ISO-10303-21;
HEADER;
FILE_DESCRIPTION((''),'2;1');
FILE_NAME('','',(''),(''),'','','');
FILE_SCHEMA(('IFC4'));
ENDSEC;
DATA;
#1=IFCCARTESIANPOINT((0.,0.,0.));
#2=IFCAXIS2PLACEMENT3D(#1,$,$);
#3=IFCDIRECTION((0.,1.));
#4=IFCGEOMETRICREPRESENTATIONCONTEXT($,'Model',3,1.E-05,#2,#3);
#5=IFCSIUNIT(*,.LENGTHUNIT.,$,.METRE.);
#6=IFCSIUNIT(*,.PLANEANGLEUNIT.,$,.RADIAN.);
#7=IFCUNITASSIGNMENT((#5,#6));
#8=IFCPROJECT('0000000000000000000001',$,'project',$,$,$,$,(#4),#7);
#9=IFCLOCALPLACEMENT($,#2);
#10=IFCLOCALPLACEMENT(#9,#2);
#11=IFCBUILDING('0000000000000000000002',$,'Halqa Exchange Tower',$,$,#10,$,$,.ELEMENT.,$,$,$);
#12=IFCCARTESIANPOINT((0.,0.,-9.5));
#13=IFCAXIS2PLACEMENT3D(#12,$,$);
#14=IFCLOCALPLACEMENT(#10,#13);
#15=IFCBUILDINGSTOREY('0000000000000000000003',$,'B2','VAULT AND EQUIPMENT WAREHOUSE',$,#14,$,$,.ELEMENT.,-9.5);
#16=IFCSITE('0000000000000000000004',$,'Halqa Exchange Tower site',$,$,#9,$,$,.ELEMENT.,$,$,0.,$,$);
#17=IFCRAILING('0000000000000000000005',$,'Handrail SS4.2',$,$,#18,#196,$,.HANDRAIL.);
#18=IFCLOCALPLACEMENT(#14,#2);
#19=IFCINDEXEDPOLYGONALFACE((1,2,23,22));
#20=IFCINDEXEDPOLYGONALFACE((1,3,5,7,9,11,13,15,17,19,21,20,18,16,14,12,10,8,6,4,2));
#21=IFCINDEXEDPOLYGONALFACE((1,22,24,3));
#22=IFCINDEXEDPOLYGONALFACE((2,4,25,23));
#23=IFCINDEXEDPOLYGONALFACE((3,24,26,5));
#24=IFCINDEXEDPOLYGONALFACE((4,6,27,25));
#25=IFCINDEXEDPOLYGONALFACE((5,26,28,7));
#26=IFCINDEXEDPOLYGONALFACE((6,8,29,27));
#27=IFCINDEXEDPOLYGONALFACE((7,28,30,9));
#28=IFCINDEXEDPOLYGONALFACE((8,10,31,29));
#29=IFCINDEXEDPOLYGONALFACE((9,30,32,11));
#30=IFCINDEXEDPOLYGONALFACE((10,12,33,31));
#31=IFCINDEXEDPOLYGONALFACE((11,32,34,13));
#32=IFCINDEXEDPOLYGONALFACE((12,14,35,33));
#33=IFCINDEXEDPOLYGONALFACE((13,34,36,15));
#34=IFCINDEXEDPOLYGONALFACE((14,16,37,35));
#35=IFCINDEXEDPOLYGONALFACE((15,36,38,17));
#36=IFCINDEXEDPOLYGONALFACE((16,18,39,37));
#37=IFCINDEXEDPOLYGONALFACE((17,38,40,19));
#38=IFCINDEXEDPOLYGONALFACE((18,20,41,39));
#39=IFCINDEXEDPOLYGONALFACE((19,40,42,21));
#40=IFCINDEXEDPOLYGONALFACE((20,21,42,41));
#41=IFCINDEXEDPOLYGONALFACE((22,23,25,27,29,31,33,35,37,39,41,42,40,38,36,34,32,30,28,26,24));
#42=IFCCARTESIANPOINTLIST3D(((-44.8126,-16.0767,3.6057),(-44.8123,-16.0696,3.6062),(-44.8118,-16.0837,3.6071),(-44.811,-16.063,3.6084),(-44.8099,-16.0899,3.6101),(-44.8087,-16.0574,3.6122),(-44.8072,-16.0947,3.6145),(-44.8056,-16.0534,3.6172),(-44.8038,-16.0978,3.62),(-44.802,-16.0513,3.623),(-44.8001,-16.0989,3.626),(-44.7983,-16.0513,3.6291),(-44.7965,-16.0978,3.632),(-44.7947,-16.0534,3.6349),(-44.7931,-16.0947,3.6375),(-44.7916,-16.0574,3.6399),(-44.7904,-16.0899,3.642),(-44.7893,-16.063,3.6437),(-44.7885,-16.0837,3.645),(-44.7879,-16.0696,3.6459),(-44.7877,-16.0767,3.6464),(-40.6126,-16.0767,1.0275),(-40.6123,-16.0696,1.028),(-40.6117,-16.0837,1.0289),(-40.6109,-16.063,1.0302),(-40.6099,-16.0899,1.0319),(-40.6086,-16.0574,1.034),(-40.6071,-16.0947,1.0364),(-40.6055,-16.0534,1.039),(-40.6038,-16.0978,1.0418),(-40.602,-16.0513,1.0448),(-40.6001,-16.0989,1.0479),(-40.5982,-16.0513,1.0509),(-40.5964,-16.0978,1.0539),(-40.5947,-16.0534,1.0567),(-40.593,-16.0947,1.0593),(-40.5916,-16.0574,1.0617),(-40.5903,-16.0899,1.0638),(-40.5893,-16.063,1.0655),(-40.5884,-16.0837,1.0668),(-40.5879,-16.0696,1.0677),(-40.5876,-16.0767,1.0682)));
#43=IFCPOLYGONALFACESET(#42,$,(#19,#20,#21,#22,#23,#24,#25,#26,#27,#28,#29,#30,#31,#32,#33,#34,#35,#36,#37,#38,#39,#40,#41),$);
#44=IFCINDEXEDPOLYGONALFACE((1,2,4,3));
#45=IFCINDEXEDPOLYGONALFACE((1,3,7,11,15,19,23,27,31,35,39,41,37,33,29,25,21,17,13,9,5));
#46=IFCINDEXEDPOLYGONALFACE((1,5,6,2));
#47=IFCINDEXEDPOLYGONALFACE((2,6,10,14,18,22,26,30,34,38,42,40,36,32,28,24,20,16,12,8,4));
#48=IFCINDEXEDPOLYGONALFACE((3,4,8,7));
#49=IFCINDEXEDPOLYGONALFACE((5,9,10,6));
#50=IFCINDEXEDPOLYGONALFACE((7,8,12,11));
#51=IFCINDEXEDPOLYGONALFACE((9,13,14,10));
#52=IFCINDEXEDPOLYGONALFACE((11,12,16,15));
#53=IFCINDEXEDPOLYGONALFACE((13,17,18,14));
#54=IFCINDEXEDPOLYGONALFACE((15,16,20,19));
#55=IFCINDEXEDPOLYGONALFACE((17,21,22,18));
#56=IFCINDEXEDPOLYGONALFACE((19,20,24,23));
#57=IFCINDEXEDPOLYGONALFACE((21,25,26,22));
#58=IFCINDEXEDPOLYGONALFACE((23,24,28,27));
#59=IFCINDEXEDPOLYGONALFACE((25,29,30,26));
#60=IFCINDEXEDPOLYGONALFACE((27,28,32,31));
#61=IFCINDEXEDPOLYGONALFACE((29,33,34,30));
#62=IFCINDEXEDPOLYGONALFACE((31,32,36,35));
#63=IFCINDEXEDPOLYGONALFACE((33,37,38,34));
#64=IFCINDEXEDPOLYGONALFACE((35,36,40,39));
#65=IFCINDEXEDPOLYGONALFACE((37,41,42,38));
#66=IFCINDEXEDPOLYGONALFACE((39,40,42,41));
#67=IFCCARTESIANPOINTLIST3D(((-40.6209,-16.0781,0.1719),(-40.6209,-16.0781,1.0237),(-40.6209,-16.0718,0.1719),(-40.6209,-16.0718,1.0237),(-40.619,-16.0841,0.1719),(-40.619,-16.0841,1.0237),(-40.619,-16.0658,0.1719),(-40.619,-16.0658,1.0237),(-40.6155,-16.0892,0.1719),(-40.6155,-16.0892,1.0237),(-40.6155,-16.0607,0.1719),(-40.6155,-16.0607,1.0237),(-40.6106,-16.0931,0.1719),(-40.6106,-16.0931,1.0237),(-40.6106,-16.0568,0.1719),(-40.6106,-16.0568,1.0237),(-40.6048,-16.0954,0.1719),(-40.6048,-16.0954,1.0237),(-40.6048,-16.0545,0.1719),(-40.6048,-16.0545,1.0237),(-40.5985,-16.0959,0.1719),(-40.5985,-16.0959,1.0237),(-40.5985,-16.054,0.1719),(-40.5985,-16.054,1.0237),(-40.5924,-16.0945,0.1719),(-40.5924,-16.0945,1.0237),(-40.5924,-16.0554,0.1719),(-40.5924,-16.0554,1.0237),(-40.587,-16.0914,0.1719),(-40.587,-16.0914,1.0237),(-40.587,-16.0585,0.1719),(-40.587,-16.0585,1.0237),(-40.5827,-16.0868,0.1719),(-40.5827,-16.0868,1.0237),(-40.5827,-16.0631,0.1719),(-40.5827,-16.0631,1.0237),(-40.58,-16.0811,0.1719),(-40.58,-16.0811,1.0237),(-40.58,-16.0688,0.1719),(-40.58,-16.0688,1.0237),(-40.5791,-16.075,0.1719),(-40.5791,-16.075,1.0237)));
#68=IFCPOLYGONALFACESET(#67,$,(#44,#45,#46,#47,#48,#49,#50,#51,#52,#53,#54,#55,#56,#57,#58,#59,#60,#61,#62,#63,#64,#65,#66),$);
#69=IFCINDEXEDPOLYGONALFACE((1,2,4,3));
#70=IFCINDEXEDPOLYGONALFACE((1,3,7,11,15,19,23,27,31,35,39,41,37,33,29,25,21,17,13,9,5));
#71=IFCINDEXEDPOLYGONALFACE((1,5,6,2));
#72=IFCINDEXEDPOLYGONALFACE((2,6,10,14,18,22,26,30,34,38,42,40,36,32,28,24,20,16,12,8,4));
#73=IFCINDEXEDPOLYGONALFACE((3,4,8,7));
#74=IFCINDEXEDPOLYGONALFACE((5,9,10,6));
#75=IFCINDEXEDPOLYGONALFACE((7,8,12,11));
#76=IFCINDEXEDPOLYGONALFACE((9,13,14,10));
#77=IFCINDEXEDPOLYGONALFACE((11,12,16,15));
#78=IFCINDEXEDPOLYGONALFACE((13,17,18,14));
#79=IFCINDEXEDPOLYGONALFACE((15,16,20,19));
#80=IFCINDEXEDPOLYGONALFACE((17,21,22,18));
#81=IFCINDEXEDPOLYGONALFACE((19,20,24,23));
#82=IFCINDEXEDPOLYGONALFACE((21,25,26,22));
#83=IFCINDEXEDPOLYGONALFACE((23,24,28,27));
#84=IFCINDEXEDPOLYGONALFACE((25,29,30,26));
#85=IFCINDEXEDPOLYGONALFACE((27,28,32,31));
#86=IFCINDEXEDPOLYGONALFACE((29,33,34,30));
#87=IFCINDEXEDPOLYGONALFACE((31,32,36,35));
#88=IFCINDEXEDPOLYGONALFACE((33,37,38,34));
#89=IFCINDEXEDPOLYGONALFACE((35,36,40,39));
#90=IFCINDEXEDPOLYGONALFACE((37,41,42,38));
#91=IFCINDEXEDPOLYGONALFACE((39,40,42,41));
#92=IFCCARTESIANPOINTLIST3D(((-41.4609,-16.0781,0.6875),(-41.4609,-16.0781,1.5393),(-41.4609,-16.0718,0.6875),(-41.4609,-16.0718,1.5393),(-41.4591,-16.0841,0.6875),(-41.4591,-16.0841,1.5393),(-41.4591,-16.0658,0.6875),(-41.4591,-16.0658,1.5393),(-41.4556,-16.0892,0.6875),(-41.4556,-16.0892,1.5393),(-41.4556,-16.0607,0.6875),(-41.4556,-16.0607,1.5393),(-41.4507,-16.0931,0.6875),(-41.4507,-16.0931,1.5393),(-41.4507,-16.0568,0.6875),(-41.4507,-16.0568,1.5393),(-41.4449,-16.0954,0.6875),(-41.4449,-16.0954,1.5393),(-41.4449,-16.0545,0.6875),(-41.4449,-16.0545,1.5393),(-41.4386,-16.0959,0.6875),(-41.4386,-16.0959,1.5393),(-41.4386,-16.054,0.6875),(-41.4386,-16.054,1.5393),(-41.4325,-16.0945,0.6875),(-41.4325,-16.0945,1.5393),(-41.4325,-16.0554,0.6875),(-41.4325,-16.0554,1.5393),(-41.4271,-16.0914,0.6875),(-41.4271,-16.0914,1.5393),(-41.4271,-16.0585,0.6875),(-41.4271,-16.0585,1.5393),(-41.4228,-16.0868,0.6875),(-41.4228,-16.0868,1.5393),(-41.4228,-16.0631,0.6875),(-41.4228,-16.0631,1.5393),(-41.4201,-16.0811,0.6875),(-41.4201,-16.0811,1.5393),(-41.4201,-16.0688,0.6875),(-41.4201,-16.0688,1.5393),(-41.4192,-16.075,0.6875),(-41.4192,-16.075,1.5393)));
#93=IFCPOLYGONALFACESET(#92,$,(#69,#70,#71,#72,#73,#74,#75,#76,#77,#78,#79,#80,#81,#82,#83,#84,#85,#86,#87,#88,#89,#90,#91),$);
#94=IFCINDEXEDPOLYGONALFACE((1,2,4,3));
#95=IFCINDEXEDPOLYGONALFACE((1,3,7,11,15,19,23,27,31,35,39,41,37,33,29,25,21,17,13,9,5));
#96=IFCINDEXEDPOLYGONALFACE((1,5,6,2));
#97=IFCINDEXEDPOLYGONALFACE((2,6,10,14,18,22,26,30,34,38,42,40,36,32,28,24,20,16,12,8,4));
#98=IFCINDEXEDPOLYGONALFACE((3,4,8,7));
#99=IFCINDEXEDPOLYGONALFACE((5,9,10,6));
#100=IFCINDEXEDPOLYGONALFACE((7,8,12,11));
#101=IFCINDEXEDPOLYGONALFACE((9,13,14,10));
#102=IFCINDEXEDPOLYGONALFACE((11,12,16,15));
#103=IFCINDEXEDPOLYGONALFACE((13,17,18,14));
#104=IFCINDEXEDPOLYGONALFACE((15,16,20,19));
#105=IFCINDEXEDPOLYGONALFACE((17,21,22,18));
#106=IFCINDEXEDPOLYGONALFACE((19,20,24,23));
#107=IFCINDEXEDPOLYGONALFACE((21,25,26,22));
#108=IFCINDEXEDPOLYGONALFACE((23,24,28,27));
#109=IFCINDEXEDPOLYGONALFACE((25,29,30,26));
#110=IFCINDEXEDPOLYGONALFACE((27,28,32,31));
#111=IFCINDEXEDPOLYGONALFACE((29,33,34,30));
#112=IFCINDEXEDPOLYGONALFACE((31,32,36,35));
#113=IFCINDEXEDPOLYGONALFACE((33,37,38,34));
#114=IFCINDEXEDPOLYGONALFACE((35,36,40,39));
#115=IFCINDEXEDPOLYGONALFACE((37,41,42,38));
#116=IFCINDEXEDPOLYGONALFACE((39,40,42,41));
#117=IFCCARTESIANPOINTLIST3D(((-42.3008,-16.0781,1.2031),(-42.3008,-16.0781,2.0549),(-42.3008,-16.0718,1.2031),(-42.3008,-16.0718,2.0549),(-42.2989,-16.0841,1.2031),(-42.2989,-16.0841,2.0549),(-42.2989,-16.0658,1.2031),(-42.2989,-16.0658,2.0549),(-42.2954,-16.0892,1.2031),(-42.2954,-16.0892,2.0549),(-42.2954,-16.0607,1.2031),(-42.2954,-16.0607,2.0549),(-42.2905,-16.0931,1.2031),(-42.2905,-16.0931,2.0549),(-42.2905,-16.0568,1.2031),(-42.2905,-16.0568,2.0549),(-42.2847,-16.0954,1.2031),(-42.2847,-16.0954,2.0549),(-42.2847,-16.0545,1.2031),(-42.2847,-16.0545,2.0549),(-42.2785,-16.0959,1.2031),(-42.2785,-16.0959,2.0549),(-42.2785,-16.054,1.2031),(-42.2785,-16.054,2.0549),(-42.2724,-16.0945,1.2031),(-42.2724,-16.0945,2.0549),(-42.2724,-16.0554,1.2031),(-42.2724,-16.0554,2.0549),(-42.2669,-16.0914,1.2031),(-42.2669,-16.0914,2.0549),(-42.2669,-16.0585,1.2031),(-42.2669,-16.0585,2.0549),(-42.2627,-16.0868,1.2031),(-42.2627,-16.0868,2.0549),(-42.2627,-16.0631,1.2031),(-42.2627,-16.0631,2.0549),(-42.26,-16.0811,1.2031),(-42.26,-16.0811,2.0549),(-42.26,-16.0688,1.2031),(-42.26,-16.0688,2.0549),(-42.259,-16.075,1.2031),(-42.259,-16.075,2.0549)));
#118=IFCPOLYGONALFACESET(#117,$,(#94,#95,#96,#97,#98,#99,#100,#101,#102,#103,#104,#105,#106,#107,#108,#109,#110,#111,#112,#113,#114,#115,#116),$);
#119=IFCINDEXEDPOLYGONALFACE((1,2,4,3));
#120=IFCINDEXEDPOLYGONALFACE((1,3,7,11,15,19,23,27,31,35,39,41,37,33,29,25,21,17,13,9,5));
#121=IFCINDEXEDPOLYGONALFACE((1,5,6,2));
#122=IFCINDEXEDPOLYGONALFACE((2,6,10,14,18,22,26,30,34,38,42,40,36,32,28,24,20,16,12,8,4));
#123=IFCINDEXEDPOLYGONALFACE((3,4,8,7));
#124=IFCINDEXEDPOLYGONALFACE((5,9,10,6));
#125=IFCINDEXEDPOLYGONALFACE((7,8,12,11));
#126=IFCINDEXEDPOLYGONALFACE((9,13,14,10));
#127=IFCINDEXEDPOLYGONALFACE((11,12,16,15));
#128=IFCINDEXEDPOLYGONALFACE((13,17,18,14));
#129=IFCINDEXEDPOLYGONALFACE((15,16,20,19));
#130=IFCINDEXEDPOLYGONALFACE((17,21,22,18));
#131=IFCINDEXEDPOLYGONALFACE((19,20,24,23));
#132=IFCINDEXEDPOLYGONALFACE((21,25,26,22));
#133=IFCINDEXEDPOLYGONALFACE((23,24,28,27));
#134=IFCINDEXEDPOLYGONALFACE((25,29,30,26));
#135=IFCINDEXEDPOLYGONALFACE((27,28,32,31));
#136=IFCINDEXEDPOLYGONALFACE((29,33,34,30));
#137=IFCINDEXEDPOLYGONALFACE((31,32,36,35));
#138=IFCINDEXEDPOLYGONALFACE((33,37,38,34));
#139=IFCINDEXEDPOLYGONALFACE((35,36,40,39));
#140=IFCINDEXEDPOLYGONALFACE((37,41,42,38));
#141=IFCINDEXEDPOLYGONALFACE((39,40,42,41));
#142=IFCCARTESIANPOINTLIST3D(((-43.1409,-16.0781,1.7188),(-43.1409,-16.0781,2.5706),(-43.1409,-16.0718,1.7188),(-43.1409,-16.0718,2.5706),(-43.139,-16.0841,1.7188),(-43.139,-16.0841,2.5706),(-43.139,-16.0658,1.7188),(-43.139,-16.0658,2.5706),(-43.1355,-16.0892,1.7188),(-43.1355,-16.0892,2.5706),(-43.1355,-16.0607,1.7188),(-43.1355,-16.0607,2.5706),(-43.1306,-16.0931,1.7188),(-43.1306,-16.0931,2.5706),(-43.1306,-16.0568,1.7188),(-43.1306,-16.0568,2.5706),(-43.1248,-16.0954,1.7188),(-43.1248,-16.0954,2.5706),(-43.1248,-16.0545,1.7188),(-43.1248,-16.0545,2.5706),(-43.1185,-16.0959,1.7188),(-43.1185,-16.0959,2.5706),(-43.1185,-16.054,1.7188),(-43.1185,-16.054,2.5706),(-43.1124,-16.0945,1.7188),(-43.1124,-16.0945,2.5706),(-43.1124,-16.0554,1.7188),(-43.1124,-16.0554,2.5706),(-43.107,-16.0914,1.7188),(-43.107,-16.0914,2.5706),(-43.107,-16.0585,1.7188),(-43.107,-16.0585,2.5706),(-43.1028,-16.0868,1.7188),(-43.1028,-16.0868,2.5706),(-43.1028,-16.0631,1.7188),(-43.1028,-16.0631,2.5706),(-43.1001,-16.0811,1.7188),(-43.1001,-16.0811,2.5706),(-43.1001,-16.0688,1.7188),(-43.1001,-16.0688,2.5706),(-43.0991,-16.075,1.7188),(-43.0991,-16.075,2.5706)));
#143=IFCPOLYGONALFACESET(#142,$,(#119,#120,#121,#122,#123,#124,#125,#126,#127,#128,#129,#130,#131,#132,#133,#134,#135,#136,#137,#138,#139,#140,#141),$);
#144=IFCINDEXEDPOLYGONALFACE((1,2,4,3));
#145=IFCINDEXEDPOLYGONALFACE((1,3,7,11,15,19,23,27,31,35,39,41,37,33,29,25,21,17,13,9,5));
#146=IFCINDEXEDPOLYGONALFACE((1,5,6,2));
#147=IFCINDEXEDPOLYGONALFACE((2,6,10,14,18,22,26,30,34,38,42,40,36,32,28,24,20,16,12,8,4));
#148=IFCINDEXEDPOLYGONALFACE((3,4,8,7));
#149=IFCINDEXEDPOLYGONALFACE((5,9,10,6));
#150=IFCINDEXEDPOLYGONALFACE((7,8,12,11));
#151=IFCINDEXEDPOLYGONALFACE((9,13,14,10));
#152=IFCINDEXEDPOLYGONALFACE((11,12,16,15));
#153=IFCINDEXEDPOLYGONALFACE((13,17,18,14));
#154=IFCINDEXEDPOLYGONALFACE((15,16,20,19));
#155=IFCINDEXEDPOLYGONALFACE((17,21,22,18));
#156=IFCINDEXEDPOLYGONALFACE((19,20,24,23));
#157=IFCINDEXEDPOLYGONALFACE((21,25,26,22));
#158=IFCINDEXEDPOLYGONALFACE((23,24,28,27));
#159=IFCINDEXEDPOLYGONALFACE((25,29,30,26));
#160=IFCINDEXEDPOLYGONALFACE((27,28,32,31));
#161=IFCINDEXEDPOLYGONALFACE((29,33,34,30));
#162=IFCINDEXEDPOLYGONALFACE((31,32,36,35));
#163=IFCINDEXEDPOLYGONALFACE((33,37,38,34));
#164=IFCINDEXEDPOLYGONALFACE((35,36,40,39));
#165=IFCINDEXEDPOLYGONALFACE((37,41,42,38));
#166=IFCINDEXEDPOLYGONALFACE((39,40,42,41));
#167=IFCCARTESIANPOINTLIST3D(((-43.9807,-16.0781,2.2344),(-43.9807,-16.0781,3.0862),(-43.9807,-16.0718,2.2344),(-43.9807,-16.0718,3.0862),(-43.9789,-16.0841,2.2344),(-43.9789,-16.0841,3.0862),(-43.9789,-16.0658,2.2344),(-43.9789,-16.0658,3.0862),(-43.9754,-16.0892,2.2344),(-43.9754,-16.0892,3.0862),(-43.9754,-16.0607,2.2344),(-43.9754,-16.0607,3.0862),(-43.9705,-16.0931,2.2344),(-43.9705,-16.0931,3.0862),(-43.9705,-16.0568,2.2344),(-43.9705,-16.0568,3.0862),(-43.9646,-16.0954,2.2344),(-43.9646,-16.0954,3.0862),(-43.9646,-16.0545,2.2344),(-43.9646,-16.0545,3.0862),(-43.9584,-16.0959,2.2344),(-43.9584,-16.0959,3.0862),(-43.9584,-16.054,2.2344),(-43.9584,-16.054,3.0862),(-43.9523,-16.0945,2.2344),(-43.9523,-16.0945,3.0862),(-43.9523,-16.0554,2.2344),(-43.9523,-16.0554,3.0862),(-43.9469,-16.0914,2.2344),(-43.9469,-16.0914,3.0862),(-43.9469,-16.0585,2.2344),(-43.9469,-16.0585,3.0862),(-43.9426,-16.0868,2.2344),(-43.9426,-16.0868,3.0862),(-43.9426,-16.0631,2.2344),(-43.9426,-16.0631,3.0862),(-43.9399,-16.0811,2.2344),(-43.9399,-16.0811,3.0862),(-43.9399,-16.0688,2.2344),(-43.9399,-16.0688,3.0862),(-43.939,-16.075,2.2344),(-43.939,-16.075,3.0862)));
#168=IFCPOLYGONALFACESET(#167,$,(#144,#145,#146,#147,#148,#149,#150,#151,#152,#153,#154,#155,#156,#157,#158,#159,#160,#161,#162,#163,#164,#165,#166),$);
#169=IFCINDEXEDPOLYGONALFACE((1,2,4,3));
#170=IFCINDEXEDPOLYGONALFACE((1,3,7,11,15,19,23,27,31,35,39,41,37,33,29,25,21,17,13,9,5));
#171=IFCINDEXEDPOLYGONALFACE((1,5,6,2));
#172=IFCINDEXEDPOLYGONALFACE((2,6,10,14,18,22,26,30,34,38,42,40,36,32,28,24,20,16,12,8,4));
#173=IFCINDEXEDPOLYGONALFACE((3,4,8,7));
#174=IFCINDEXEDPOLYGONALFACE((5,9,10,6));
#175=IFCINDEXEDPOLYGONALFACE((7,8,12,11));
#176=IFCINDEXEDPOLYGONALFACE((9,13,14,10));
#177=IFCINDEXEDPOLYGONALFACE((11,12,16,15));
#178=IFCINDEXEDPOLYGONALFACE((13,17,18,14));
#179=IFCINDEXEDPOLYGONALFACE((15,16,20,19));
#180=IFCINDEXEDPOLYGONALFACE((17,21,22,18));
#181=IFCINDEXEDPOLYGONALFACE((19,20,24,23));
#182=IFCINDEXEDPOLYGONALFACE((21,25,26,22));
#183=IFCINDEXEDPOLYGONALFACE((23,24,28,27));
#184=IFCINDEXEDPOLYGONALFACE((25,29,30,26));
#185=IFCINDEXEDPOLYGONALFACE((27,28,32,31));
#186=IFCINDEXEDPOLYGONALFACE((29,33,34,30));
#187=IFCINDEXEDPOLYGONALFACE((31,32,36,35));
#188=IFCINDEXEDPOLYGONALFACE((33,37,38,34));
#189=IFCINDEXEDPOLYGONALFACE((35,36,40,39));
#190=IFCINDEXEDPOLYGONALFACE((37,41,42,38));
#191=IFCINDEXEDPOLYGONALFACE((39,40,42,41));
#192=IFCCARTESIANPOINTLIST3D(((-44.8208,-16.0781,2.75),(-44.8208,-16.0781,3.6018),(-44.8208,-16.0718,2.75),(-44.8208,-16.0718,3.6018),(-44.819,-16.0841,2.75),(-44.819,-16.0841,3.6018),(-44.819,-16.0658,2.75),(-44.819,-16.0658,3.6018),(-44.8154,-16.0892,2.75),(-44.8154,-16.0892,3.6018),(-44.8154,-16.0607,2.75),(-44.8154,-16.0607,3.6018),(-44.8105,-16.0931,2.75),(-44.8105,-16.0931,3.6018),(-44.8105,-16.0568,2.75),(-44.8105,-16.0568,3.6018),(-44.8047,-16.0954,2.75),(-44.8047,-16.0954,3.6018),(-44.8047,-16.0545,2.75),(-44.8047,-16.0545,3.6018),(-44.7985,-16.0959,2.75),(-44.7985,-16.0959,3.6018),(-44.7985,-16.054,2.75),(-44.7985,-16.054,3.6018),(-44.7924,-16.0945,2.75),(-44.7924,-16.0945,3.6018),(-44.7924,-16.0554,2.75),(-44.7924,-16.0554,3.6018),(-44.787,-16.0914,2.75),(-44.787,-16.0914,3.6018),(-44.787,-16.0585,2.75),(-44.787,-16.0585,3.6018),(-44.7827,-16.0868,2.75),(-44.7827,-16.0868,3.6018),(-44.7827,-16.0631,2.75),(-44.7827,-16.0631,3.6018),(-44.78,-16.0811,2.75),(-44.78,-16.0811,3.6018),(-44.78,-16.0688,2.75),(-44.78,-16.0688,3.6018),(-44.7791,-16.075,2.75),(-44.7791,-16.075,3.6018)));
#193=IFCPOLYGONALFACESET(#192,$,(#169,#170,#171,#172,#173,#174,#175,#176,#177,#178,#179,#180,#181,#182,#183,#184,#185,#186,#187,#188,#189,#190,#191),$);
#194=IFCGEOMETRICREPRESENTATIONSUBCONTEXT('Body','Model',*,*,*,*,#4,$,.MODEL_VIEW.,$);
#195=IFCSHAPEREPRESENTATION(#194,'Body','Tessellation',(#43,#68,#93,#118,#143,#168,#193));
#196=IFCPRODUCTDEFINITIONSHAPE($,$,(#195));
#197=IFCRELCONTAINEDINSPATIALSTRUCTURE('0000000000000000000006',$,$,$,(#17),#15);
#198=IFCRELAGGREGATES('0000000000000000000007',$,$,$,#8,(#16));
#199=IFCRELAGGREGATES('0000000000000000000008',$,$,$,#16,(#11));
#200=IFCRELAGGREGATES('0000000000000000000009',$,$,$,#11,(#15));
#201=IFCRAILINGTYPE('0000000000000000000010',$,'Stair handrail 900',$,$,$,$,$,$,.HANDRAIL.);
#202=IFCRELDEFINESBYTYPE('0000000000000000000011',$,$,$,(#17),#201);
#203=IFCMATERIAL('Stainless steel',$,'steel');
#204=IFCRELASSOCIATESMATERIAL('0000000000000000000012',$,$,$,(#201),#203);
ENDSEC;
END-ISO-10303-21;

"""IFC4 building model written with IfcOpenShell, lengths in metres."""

from ifc_helpers import new_model, si_unit, direction, frame, origin, origin_2d, place, context, subcontext, project, spatial, circle, extrude, material, type_object, element, save


model = new_model("IFC4")

# Units and contexts
model_context = context("Model", 3, precision=1e-05, world=origin(), true_north=direction((0.0, 1.0)))
body_context = subcontext(model_context, "Body", "Model", "MODEL_VIEW")
ifc_project = project(units=[si_unit("LENGTHUNIT", "METRE"), si_unit("PLANEANGLEUNIT", "RADIAN")], contexts=[model_context])

# Site, building, storey
site_placement = place(None, origin())
site = spatial("IfcSite", under=ifc_project, at=site_placement, Name="Halqa Exchange Tower site", CompositionType="ELEMENT", RefElevation=0.0)
building_placement = place(site_placement, origin())
building = spatial("IfcBuilding", under=site, at=building_placement, Name="Halqa Exchange Tower", CompositionType="ELEMENT")
storey_placement = place(building_placement, frame((0.0, 0.0, -9.5)))
storey = spatial("IfcBuildingStorey", under=building, at=storey_placement, Name="B2", Description="VAULT AND EQUIPMENT WAREHOUSE", CompositionType="ELEMENT", Elevation=-9.5)

# Railing
ifc_material_1 = material(Name="Stainless steel", Category="steel")
railing_type = type_object("IfcRailingType", Name="Stair handrail 900", PredefinedType="HANDRAIL", material=ifc_material_1)
railing_1_placement = place(storey_placement, frame((-40.6001, -16.075, 0.1719)))
element("IfcRailing", 1, at=railing_1_placement, inside=storey, type_object=railing_type, Name="Handrail SS4.2", PredefinedType="HANDRAIL", context=body_context, shape_type="SweptSolid", body=[
    extrude(circle(Radius=0.0239, at=origin_2d()), frame((0.0, 0.0, 0.876), z_axis=(-0.852243, 0.0, 0.523146), x_axis=(0.0, -1.0, 0.0)), (0.0, 0.0, 1.0), 4.9282),
    extrude(circle(Radius=0.021, at=origin_2d()), origin(), (0.0, 0.0, 1.0), 0.8518),
    extrude(circle(Radius=0.021, at=origin_2d()), frame((-0.8401, 0.0, 0.5156)), (0.0, 0.0, 1.0), 0.8518),
    extrude(circle(Radius=0.021, at=origin_2d()), frame((-1.6799, 0.0, 1.0312)), (0.0, 0.0, 1.0), 0.8518),
    extrude(circle(Radius=0.021, at=origin_2d()), frame((-2.52, 0.0, 1.5469)), (0.0, 0.0, 1.0), 0.8518),
    extrude(circle(Radius=0.021, at=origin_2d()), frame((-3.3599, 0.0, 2.0625)), (0.0, 0.0, 1.0), 0.8518),
    extrude(circle(Radius=0.021, at=origin_2d()), frame((-4.2, 0.0, 2.5781)), (0.0, 0.0, 1.0), 0.8518),
])

save(model, "model.ifc")
